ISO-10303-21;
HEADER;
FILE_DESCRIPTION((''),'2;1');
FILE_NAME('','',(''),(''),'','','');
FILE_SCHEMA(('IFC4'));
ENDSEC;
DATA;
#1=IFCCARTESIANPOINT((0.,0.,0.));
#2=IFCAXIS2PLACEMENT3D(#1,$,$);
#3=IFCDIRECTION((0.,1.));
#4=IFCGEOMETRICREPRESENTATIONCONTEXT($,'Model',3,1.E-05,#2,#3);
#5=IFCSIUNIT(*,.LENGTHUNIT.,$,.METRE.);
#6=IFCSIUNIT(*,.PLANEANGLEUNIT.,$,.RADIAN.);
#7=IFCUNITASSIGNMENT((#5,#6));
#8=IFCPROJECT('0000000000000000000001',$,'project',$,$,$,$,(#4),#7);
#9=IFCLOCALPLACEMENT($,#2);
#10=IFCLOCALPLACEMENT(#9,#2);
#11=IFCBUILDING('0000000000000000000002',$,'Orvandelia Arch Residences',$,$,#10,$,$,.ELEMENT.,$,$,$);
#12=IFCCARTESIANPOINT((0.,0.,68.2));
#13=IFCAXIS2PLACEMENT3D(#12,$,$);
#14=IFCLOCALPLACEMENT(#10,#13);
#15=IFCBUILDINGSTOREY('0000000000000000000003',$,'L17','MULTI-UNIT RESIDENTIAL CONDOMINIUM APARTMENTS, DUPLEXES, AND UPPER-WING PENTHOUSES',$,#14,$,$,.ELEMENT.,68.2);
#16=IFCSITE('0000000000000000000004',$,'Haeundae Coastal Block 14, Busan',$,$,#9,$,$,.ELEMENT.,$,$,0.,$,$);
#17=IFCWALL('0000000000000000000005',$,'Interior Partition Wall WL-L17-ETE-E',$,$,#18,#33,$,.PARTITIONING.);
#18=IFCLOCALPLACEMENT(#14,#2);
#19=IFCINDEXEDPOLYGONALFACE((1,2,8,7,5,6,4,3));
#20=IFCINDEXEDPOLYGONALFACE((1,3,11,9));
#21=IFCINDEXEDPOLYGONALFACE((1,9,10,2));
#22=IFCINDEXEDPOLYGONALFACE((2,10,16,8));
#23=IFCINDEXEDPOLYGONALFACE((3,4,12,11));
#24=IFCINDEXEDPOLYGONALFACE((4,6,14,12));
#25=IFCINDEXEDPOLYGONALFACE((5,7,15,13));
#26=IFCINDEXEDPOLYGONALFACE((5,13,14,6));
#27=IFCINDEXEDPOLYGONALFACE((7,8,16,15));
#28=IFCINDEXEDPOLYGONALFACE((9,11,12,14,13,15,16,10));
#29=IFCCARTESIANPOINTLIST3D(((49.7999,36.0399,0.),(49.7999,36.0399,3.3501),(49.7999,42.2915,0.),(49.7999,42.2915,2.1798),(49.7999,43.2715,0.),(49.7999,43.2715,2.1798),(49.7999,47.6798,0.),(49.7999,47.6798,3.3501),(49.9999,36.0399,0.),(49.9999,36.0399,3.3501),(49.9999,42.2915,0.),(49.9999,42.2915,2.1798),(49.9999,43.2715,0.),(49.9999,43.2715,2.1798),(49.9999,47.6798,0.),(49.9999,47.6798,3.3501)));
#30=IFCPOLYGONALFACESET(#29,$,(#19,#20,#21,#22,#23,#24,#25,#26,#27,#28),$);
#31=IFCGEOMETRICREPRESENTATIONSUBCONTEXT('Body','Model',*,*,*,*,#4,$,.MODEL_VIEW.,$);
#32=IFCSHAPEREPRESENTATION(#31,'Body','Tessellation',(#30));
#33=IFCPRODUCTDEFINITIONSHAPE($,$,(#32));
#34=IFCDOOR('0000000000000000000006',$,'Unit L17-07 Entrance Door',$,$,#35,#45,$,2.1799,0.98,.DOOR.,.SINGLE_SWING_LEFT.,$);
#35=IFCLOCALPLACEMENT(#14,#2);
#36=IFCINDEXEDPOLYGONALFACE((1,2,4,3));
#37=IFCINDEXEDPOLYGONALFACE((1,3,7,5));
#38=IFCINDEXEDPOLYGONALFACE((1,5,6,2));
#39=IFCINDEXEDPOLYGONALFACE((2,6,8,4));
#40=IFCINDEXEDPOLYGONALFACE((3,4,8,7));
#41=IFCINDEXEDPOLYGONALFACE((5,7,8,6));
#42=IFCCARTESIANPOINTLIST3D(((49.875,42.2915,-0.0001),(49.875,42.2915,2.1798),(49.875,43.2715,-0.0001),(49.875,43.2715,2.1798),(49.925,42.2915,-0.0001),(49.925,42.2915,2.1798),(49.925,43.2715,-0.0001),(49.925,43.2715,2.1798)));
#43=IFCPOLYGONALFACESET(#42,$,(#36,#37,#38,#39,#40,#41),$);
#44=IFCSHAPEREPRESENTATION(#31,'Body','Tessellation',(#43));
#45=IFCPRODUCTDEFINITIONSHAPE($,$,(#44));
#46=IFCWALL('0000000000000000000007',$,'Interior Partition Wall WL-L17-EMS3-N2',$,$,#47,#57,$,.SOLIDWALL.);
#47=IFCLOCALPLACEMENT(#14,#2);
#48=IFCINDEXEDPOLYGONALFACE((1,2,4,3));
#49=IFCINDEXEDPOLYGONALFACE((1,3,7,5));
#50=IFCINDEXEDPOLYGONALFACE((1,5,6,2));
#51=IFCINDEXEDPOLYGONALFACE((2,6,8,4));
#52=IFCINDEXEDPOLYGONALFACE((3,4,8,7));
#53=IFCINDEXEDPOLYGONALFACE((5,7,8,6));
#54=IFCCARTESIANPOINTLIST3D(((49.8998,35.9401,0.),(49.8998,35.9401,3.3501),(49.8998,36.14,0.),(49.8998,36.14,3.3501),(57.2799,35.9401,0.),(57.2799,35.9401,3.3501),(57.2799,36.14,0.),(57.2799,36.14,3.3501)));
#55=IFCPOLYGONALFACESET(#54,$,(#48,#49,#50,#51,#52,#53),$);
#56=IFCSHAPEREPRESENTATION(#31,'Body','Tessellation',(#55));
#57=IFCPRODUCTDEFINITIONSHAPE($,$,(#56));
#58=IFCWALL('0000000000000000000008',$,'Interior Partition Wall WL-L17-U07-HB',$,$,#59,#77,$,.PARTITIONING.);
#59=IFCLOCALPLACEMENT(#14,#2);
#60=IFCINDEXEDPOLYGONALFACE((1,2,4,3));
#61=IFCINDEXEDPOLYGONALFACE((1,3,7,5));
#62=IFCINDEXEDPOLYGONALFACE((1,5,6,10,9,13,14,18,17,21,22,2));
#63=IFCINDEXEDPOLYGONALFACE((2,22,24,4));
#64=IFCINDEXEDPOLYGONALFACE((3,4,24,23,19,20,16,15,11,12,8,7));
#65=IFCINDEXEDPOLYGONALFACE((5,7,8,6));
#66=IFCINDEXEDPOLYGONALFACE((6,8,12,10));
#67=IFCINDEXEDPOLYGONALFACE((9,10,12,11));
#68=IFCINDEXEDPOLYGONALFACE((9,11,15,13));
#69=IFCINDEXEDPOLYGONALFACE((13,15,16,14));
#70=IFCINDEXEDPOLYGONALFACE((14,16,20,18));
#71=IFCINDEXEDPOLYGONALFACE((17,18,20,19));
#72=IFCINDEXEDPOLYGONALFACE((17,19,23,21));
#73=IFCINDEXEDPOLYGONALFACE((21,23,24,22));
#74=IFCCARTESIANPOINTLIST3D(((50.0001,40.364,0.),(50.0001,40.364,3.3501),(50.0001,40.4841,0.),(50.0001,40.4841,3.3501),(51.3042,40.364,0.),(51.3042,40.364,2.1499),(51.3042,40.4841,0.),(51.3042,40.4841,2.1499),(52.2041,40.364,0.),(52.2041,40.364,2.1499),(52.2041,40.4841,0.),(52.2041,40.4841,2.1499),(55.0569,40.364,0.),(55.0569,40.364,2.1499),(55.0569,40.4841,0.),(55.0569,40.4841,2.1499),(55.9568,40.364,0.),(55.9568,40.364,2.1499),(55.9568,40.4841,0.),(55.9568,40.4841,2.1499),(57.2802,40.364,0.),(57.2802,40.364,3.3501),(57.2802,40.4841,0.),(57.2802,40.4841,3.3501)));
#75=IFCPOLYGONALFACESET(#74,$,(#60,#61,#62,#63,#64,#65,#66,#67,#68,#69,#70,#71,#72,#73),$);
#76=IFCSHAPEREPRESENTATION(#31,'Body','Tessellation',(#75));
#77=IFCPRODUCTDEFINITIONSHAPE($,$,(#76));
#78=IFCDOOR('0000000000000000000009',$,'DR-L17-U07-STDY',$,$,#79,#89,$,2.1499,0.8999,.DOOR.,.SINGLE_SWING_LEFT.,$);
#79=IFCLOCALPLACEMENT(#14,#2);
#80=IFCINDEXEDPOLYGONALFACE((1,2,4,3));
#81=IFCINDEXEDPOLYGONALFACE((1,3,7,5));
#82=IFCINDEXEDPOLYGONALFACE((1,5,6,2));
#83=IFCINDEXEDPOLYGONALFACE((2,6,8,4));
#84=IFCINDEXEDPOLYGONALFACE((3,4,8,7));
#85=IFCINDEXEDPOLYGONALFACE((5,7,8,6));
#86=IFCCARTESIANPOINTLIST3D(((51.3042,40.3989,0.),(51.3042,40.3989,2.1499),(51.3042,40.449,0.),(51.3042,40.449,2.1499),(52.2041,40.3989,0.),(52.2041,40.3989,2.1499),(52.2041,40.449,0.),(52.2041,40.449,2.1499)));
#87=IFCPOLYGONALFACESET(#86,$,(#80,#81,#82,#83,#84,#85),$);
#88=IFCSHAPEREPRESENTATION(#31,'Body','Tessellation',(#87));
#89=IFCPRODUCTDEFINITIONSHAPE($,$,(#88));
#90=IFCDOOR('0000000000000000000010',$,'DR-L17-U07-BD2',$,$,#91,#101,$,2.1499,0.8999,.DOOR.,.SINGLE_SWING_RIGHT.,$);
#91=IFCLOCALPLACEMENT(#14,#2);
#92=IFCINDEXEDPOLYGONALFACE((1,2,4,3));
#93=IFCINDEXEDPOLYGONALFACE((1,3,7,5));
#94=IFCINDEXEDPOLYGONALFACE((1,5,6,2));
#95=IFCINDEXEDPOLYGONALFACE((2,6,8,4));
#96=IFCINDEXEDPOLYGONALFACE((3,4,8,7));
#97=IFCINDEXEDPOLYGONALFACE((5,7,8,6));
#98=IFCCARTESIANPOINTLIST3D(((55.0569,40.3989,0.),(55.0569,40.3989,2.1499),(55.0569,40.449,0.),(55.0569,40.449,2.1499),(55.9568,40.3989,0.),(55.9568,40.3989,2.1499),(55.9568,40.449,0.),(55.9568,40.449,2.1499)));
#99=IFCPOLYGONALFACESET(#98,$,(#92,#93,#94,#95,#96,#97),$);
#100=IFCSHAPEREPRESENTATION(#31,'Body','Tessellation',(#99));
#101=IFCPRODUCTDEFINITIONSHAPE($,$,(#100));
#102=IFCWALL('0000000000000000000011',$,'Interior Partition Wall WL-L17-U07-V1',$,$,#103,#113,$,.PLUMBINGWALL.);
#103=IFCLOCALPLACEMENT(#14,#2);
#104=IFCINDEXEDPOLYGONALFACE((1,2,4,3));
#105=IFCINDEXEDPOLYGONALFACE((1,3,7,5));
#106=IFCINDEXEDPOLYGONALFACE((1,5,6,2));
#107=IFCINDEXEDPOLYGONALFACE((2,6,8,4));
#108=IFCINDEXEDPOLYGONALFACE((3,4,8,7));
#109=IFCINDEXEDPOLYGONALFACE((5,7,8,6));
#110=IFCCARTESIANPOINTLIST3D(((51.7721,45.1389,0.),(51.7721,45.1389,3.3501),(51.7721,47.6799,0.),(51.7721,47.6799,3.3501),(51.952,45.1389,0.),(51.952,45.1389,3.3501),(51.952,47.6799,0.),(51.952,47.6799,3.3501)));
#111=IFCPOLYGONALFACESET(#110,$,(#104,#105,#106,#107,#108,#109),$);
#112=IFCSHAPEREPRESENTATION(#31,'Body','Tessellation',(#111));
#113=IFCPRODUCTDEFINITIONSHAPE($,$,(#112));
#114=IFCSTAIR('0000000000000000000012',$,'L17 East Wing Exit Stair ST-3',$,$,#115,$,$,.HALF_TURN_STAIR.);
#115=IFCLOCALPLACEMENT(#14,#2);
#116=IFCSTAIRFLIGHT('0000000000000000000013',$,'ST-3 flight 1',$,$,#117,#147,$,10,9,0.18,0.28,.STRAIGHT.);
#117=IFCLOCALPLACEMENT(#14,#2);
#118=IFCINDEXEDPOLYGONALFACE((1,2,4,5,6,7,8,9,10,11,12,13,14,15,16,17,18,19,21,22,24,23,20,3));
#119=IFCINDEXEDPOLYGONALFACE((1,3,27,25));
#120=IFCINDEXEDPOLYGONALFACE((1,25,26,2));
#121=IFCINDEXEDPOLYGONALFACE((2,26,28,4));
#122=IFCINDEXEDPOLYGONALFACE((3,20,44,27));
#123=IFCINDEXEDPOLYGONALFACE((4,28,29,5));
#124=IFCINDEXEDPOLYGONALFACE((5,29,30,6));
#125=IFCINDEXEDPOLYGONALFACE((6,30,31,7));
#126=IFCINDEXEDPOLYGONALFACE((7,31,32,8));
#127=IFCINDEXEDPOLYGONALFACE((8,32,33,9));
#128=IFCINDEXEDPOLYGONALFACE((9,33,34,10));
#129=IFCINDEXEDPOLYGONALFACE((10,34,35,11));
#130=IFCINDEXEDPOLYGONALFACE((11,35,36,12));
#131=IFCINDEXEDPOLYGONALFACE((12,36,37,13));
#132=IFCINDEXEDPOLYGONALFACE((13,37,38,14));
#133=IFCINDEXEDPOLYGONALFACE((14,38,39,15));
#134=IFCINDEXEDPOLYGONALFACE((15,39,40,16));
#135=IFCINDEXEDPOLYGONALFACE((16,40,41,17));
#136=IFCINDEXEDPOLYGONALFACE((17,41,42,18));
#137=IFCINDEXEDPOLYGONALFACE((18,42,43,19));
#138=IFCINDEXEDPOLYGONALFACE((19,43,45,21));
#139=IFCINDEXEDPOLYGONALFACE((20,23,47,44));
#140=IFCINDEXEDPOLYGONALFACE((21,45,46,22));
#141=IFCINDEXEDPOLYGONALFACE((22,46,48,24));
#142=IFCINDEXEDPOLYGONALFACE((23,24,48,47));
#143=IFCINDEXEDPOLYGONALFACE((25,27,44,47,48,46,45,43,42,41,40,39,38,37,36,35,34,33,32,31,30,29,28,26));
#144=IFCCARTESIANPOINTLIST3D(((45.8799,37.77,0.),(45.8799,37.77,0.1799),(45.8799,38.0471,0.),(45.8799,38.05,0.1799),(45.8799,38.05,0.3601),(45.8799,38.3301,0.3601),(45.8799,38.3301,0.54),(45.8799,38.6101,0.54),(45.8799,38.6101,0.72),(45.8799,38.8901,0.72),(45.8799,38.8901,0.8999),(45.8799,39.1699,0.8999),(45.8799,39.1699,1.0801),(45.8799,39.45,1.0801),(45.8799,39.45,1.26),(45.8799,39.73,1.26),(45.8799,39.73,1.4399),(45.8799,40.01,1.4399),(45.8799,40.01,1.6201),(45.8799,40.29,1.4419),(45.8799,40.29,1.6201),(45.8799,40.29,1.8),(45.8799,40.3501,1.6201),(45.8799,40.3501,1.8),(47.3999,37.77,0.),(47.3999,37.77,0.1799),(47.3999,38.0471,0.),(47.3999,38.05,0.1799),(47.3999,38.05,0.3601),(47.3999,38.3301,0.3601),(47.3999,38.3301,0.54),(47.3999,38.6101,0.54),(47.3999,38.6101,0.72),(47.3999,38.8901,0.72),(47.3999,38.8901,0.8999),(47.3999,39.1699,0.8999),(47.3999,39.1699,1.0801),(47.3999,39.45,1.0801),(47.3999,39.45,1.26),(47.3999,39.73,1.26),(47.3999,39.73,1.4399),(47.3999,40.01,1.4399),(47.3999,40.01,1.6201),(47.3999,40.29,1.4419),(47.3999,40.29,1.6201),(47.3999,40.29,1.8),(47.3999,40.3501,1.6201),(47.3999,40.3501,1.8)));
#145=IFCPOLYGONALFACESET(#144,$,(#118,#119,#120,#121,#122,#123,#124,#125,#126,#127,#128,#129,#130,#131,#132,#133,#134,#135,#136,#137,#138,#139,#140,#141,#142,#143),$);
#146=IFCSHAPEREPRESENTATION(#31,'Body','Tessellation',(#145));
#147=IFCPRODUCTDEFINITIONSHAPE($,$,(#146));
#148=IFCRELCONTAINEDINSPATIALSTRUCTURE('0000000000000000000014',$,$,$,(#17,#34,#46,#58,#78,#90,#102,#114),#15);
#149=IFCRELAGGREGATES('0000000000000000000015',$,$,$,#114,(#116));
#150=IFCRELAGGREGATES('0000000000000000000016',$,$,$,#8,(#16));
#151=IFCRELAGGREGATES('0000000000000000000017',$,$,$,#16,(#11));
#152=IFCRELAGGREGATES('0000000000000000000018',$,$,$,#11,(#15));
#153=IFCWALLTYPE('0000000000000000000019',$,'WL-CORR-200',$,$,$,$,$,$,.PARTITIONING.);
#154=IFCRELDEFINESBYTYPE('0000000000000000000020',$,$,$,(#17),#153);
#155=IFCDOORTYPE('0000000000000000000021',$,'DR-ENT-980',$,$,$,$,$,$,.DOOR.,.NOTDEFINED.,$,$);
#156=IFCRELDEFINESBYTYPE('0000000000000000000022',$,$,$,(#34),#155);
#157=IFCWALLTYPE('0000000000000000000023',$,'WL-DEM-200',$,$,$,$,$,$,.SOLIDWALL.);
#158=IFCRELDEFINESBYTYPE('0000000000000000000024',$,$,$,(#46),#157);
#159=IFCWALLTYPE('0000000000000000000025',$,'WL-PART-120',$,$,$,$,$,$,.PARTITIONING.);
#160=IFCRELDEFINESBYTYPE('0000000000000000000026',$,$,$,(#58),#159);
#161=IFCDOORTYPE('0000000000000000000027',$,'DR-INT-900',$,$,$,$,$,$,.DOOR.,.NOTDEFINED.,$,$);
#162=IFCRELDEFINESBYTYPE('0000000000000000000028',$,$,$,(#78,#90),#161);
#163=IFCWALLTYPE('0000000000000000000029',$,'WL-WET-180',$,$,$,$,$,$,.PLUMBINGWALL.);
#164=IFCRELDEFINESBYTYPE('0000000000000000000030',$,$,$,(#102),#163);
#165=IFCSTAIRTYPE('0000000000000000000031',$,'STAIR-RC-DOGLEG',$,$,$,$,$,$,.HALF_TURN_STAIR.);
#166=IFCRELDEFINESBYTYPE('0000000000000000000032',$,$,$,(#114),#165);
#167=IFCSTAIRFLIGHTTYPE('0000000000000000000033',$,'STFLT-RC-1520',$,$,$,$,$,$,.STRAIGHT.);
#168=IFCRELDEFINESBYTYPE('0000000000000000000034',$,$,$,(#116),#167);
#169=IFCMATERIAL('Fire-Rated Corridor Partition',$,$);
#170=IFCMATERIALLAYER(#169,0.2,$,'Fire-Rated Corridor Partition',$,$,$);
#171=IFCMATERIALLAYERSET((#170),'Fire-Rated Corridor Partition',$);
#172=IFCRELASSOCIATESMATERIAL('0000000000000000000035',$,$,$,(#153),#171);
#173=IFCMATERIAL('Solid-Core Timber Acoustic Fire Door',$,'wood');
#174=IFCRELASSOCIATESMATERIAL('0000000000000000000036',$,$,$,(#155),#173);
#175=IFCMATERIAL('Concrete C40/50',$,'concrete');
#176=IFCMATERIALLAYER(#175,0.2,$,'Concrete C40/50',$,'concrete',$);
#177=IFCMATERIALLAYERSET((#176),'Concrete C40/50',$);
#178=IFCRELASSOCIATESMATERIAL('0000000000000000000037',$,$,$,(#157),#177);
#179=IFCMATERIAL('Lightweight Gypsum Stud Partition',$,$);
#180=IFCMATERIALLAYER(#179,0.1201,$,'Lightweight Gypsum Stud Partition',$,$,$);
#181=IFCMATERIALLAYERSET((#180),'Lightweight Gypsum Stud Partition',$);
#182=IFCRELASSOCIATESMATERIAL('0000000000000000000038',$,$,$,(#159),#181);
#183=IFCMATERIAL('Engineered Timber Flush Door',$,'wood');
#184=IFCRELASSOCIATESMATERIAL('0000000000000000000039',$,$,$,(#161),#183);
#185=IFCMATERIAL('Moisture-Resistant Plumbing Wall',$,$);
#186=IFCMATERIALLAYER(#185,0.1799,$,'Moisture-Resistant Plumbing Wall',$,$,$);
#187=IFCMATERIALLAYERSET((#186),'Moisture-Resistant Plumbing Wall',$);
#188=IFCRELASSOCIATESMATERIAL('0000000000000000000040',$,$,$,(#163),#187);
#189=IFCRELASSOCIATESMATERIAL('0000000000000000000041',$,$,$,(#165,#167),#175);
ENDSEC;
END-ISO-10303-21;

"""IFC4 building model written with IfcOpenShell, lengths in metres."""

from ifc_helpers import new_model, si_unit, direction, frame, frame_2d, origin, place, context, subcontext, project, spatial, polyline, rectangle, outline, extrude, material, layer, layer_set, type_object, element, fill, aggregate, save


model = new_model("IFC4")

# Units and contexts
model_context = context("Model", 3, precision=1e-05, world=origin(), true_north=direction((0.0, 1.0)))
body_context = subcontext(model_context, "Body", "Model", "MODEL_VIEW")
ifc_project = project(units=[si_unit("LENGTHUNIT", "METRE"), si_unit("PLANEANGLEUNIT", "RADIAN")], contexts=[model_context])

# Site, building, storey
site_placement = place(None, origin())
site = spatial("IfcSite", under=ifc_project, at=site_placement, Name="Haeundae Coastal Block 14, Busan", CompositionType="ELEMENT", RefElevation=0.0)
building_placement = place(site_placement, origin())
building = spatial("IfcBuilding", under=site, at=building_placement, Name="Orvandelia Arch Residences", CompositionType="ELEMENT")
storey_placement = place(building_placement, frame((0.0, 0.0, 68.2)))
storey = spatial("IfcBuildingStorey", under=building, at=storey_placement, Name="L17", Description="MULTI-UNIT RESIDENTIAL CONDOMINIUM APARTMENTS, DUPLEXES, AND UPPER-WING PENTHOUSES", CompositionType="ELEMENT", Elevation=68.2)

# Wall, opening, door
ifc_material_1 = material(Name="Fire-Rated Corridor Partition")
ifc_layer_1 = layer(ifc_material_1, 0.2, Name="Fire-Rated Corridor Partition")
ifc_layer_set_1 = layer_set([ifc_layer_1], Name="Fire-Rated Corridor Partition")
wall_type_1 = type_object("IfcWallType", Name="WL-CORR-200", PredefinedType="PARTITIONING", material=ifc_layer_set_1)
wall_1_placement = place(storey_placement, frame((49.8999, 36.04, 0.0), z_axis=(0.0, 0.0, 1.0), x_axis=(0.0, 1.0, 0.0)))
wall_1 = element("IfcWall", 1, at=wall_1_placement, inside=storey, type_object=wall_type_1, Name="Interior Partition Wall WL-L17-ETE-E", PredefinedType="PARTITIONING", context=body_context, shape_type="SweptSolid", body=[
    extrude(rectangle(XDim=11.6399, YDim=0.2, at=frame_2d((5.8198, 0.0))), origin(), (0.0, 0.0, 1.0), 3.3501),
])
opening_1_placement = place(wall_1_placement, frame((6.2515, 0.0, 0.0)))
opening_1 = element("IfcOpeningElement", 2, at=opening_1_placement, cuts=wall_1, PredefinedType="OPENING", context=body_context, shape_type="SweptSolid", body=[
    extrude(rectangle(XDim=0.98, YDim=2.1799, at=frame_2d((0.49, 1.0898))), frame((0.0, 0.1099, 0.0), z_axis=(0.0, -1.0, 0.0), x_axis=(1.0, 0.0, 0.0)), (0.0, 0.0, 1.0), 0.22),
])
ifc_material_2 = material(Name="Solid-Core Timber Acoustic Fire Door", Category="wood")
door_type_1 = type_object("IfcDoorType", Name="DR-ENT-980", OperationType="NOTDEFINED", PredefinedType="DOOR", material=ifc_material_2)
door_1_placement = place(opening_1_placement, origin())
door_1 = element("IfcDoor", 3, at=door_1_placement, inside=storey, type_object=door_type_1, Name="Unit L17-07 Entrance Door", OperationType="SINGLE_SWING_LEFT", OverallHeight=2.1799, OverallWidth=0.98, PredefinedType="DOOR", context=body_context, shape_type="SweptSolid", body=[
    extrude(rectangle(XDim=0.98, YDim=2.1799, at=frame_2d((0.49, 1.0898))), frame((0.0, 0.0249, 0.0), z_axis=(0.0, -1.0, 0.0), x_axis=(1.0, 0.0, 0.0)), (0.0, 0.0, 1.0), 0.05),
])
fill(opening_1, door_1)

# Wall
ifc_material_3 = material(Name="Concrete C40/50", Category="concrete")
ifc_layer_2 = layer(ifc_material_3, 0.2, Name="Concrete C40/50", Category="concrete")
ifc_layer_set_2 = layer_set([ifc_layer_2], Name="Concrete C40/50")
wall_type_2 = type_object("IfcWallType", Name="WL-DEM-200", PredefinedType="SOLIDWALL", material=ifc_layer_set_2)
wall_2_placement = place(storey_placement, frame((49.8999, 36.04, 0.0), z_axis=(0.0, 0.0, 1.0), x_axis=(1.0, 0.0, 0.0)))
element("IfcWall", 4, at=wall_2_placement, inside=storey, type_object=wall_type_2, Name="Interior Partition Wall WL-L17-EMS3-N2", PredefinedType="SOLIDWALL", context=body_context, shape_type="SweptSolid", body=[
    extrude(rectangle(XDim=7.3801, YDim=0.2, at=frame_2d((3.6899, 0.0))), origin(), (0.0, 0.0, 1.0), 3.3501),
])

# Wall, openings, doors
ifc_material_4 = material(Name="Lightweight Gypsum Stud Partition")
ifc_layer_3 = layer(ifc_material_4, 0.1201, Name="Lightweight Gypsum Stud Partition")
ifc_layer_set_3 = layer_set([ifc_layer_3], Name="Lightweight Gypsum Stud Partition")
wall_type_3 = type_object("IfcWallType", Name="WL-PART-120", PredefinedType="PARTITIONING", material=ifc_layer_set_3)
wall_3_placement = place(storey_placement, frame((50.0, 40.4241, 0.0), z_axis=(0.0, 0.0, 1.0), x_axis=(1.0, 0.0, 0.0)))
wall_3 = element("IfcWall", 5, at=wall_3_placement, inside=storey, type_object=wall_type_3, Name="Interior Partition Wall WL-L17-U07-HB", PredefinedType="PARTITIONING", context=body_context, shape_type="SweptSolid", body=[
    extrude(rectangle(XDim=7.28, YDim=0.1201, at=frame_2d((3.6401, 0.0))), origin(), (0.0, 0.0, 1.0), 3.3501),
])
opening_2_placement = place(wall_3_placement, frame((1.3042, 0.0, 0.0)))
opening_2 = element("IfcOpeningElement", 6, at=opening_2_placement, cuts=wall_3, PredefinedType="OPENING", context=body_context, shape_type="SweptSolid", body=[
    extrude(rectangle(XDim=0.8999, YDim=2.1499, at=frame_2d((0.45, 1.075))), frame((0.0, 0.0701, 0.0), z_axis=(0.0, -1.0, 0.0), x_axis=(1.0, 0.0, 0.0)), (0.0, 0.0, 1.0), 0.1401),
])
opening_3_placement = place(wall_3_placement, frame((5.0569, 0.0, 0.0)))
opening_3 = element("IfcOpeningElement", 7, at=opening_3_placement, cuts=wall_3, PredefinedType="OPENING", context=body_context, shape_type="SweptSolid", body=[
    extrude(rectangle(XDim=0.8999, YDim=2.1499, at=frame_2d((0.45, 1.075))), frame((0.0, 0.0701, 0.0), z_axis=(0.0, -1.0, 0.0), x_axis=(1.0, 0.0, 0.0)), (0.0, 0.0, 1.0), 0.1401),
])
ifc_material_5 = material(Name="Engineered Timber Flush Door", Category="wood")
door_type_2 = type_object("IfcDoorType", Name="DR-INT-900", OperationType="NOTDEFINED", PredefinedType="DOOR", material=ifc_material_5)
door_2_placement = place(opening_2_placement, origin())
door_2 = element("IfcDoor", 8, at=door_2_placement, inside=storey, type_object=door_type_2, Name="DR-L17-U07-STDY", OperationType="SINGLE_SWING_LEFT", OverallHeight=2.1499, OverallWidth=0.8999, PredefinedType="DOOR", context=body_context, shape_type="SweptSolid", body=[
    extrude(rectangle(XDim=0.8999, YDim=2.1499, at=frame_2d((0.45, 1.075))), frame((0.0, 0.0249, 0.0), z_axis=(0.0, -1.0, 0.0), x_axis=(1.0, 0.0, 0.0)), (0.0, 0.0, 1.0), 0.05),
])
fill(opening_2, door_2)
door_3_placement = place(opening_3_placement, origin())
door_3 = element("IfcDoor", 9, at=door_3_placement, inside=storey, type_object=door_type_2, Name="DR-L17-U07-BD2", OperationType="SINGLE_SWING_RIGHT", OverallHeight=2.1499, OverallWidth=0.8999, PredefinedType="DOOR", context=body_context, shape_type="SweptSolid", body=[
    extrude(rectangle(XDim=0.8999, YDim=2.1499, at=frame_2d((0.45, 1.075))), frame((0.0, 0.0249, 0.0), z_axis=(0.0, -1.0, 0.0), x_axis=(1.0, 0.0, 0.0)), (0.0, 0.0, 1.0), 0.05),
])
fill(opening_3, door_3)
ifc_material_6 = material(Name="Moisture-Resistant Plumbing Wall")
ifc_layer_4 = layer(ifc_material_6, 0.1799, Name="Moisture-Resistant Plumbing Wall")
ifc_layer_set_4 = layer_set([ifc_layer_4], Name="Moisture-Resistant Plumbing Wall")
wall_type_4 = type_object("IfcWallType", Name="WL-WET-180", PredefinedType="PLUMBINGWALL", material=ifc_layer_set_4)

# Wall
wall_4_placement = place(storey_placement, frame((51.8621, 45.1389, 0.0), z_axis=(0.0, 0.0, 1.0), x_axis=(0.0, 1.0, 0.0)))
element("IfcWall", 10, at=wall_4_placement, inside=storey, type_object=wall_type_4, Name="Interior Partition Wall WL-L17-U07-V1", PredefinedType="PLUMBINGWALL", context=body_context, shape_type="SweptSolid", body=[
    extrude(rectangle(XDim=2.541, YDim=0.1799, at=frame_2d((1.2705, 0.0))), origin(), (0.0, 0.0, 1.0), 3.3501),
])

# Stair, stair flight
stair_type = type_object("IfcStairType", Name="STAIR-RC-DOGLEG", PredefinedType="HALF_TURN_STAIR", material=ifc_material_3)
stair_placement = place(storey_placement, origin())
stair = element("IfcStair", 11, at=stair_placement, inside=storey, type_object=stair_type, Name="L17 East Wing Exit Stair ST-3", PredefinedType="HALF_TURN_STAIR")
stair_flight_type = type_object("IfcStairFlightType", Name="STFLT-RC-1520", PredefinedType="STRAIGHT", material=ifc_material_3)
stair_flight_placement = place(storey_placement, frame((46.6399, 37.77, 0.0), z_axis=(0.0, 0.0, 1.0), x_axis=(0.0, 1.0, 0.0)))
stair_flight = element("IfcStairFlight", 12, at=stair_flight_placement, type_object=stair_flight_type, Name="ST-3 flight 1", NumberOfRisers=10, NumberOfTreads=9, PredefinedType="STRAIGHT", RiserHeight=0.18, TreadLength=0.28, context=body_context, shape_type="SweptSolid", body=[
    extrude(outline(polyline([(0.0, 0.0), (0.0, 0.1799), (0.28, 0.1799), (0.28, 0.3601), (0.5601, 0.3601), (0.5601, 0.54), (0.8401, 0.54), (0.8401, 0.72), (1.1201, 0.72), (1.1201, 0.8999), (1.3999, 0.8999), (1.3999, 1.0801), (1.6799, 1.0801), (1.6799, 1.26), (1.96, 1.26), (1.96, 1.4399), (2.24, 1.4399), (2.24, 1.6201), (2.52, 1.6201), (2.52, 1.8), (2.5801, 1.8), (2.5801, 1.6201), (2.52, 1.4419), (0.2771, 0.0), (0.0, 0.0)])), frame((0.0, 0.76, 0.0), z_axis=(0.0, -1.0, 0.0), x_axis=(1.0, 0.0, 0.0)), (0.0, 0.0, 1.0), 1.52),
])
aggregate(stair, [stair_flight])

save(model, "model.ifc")
